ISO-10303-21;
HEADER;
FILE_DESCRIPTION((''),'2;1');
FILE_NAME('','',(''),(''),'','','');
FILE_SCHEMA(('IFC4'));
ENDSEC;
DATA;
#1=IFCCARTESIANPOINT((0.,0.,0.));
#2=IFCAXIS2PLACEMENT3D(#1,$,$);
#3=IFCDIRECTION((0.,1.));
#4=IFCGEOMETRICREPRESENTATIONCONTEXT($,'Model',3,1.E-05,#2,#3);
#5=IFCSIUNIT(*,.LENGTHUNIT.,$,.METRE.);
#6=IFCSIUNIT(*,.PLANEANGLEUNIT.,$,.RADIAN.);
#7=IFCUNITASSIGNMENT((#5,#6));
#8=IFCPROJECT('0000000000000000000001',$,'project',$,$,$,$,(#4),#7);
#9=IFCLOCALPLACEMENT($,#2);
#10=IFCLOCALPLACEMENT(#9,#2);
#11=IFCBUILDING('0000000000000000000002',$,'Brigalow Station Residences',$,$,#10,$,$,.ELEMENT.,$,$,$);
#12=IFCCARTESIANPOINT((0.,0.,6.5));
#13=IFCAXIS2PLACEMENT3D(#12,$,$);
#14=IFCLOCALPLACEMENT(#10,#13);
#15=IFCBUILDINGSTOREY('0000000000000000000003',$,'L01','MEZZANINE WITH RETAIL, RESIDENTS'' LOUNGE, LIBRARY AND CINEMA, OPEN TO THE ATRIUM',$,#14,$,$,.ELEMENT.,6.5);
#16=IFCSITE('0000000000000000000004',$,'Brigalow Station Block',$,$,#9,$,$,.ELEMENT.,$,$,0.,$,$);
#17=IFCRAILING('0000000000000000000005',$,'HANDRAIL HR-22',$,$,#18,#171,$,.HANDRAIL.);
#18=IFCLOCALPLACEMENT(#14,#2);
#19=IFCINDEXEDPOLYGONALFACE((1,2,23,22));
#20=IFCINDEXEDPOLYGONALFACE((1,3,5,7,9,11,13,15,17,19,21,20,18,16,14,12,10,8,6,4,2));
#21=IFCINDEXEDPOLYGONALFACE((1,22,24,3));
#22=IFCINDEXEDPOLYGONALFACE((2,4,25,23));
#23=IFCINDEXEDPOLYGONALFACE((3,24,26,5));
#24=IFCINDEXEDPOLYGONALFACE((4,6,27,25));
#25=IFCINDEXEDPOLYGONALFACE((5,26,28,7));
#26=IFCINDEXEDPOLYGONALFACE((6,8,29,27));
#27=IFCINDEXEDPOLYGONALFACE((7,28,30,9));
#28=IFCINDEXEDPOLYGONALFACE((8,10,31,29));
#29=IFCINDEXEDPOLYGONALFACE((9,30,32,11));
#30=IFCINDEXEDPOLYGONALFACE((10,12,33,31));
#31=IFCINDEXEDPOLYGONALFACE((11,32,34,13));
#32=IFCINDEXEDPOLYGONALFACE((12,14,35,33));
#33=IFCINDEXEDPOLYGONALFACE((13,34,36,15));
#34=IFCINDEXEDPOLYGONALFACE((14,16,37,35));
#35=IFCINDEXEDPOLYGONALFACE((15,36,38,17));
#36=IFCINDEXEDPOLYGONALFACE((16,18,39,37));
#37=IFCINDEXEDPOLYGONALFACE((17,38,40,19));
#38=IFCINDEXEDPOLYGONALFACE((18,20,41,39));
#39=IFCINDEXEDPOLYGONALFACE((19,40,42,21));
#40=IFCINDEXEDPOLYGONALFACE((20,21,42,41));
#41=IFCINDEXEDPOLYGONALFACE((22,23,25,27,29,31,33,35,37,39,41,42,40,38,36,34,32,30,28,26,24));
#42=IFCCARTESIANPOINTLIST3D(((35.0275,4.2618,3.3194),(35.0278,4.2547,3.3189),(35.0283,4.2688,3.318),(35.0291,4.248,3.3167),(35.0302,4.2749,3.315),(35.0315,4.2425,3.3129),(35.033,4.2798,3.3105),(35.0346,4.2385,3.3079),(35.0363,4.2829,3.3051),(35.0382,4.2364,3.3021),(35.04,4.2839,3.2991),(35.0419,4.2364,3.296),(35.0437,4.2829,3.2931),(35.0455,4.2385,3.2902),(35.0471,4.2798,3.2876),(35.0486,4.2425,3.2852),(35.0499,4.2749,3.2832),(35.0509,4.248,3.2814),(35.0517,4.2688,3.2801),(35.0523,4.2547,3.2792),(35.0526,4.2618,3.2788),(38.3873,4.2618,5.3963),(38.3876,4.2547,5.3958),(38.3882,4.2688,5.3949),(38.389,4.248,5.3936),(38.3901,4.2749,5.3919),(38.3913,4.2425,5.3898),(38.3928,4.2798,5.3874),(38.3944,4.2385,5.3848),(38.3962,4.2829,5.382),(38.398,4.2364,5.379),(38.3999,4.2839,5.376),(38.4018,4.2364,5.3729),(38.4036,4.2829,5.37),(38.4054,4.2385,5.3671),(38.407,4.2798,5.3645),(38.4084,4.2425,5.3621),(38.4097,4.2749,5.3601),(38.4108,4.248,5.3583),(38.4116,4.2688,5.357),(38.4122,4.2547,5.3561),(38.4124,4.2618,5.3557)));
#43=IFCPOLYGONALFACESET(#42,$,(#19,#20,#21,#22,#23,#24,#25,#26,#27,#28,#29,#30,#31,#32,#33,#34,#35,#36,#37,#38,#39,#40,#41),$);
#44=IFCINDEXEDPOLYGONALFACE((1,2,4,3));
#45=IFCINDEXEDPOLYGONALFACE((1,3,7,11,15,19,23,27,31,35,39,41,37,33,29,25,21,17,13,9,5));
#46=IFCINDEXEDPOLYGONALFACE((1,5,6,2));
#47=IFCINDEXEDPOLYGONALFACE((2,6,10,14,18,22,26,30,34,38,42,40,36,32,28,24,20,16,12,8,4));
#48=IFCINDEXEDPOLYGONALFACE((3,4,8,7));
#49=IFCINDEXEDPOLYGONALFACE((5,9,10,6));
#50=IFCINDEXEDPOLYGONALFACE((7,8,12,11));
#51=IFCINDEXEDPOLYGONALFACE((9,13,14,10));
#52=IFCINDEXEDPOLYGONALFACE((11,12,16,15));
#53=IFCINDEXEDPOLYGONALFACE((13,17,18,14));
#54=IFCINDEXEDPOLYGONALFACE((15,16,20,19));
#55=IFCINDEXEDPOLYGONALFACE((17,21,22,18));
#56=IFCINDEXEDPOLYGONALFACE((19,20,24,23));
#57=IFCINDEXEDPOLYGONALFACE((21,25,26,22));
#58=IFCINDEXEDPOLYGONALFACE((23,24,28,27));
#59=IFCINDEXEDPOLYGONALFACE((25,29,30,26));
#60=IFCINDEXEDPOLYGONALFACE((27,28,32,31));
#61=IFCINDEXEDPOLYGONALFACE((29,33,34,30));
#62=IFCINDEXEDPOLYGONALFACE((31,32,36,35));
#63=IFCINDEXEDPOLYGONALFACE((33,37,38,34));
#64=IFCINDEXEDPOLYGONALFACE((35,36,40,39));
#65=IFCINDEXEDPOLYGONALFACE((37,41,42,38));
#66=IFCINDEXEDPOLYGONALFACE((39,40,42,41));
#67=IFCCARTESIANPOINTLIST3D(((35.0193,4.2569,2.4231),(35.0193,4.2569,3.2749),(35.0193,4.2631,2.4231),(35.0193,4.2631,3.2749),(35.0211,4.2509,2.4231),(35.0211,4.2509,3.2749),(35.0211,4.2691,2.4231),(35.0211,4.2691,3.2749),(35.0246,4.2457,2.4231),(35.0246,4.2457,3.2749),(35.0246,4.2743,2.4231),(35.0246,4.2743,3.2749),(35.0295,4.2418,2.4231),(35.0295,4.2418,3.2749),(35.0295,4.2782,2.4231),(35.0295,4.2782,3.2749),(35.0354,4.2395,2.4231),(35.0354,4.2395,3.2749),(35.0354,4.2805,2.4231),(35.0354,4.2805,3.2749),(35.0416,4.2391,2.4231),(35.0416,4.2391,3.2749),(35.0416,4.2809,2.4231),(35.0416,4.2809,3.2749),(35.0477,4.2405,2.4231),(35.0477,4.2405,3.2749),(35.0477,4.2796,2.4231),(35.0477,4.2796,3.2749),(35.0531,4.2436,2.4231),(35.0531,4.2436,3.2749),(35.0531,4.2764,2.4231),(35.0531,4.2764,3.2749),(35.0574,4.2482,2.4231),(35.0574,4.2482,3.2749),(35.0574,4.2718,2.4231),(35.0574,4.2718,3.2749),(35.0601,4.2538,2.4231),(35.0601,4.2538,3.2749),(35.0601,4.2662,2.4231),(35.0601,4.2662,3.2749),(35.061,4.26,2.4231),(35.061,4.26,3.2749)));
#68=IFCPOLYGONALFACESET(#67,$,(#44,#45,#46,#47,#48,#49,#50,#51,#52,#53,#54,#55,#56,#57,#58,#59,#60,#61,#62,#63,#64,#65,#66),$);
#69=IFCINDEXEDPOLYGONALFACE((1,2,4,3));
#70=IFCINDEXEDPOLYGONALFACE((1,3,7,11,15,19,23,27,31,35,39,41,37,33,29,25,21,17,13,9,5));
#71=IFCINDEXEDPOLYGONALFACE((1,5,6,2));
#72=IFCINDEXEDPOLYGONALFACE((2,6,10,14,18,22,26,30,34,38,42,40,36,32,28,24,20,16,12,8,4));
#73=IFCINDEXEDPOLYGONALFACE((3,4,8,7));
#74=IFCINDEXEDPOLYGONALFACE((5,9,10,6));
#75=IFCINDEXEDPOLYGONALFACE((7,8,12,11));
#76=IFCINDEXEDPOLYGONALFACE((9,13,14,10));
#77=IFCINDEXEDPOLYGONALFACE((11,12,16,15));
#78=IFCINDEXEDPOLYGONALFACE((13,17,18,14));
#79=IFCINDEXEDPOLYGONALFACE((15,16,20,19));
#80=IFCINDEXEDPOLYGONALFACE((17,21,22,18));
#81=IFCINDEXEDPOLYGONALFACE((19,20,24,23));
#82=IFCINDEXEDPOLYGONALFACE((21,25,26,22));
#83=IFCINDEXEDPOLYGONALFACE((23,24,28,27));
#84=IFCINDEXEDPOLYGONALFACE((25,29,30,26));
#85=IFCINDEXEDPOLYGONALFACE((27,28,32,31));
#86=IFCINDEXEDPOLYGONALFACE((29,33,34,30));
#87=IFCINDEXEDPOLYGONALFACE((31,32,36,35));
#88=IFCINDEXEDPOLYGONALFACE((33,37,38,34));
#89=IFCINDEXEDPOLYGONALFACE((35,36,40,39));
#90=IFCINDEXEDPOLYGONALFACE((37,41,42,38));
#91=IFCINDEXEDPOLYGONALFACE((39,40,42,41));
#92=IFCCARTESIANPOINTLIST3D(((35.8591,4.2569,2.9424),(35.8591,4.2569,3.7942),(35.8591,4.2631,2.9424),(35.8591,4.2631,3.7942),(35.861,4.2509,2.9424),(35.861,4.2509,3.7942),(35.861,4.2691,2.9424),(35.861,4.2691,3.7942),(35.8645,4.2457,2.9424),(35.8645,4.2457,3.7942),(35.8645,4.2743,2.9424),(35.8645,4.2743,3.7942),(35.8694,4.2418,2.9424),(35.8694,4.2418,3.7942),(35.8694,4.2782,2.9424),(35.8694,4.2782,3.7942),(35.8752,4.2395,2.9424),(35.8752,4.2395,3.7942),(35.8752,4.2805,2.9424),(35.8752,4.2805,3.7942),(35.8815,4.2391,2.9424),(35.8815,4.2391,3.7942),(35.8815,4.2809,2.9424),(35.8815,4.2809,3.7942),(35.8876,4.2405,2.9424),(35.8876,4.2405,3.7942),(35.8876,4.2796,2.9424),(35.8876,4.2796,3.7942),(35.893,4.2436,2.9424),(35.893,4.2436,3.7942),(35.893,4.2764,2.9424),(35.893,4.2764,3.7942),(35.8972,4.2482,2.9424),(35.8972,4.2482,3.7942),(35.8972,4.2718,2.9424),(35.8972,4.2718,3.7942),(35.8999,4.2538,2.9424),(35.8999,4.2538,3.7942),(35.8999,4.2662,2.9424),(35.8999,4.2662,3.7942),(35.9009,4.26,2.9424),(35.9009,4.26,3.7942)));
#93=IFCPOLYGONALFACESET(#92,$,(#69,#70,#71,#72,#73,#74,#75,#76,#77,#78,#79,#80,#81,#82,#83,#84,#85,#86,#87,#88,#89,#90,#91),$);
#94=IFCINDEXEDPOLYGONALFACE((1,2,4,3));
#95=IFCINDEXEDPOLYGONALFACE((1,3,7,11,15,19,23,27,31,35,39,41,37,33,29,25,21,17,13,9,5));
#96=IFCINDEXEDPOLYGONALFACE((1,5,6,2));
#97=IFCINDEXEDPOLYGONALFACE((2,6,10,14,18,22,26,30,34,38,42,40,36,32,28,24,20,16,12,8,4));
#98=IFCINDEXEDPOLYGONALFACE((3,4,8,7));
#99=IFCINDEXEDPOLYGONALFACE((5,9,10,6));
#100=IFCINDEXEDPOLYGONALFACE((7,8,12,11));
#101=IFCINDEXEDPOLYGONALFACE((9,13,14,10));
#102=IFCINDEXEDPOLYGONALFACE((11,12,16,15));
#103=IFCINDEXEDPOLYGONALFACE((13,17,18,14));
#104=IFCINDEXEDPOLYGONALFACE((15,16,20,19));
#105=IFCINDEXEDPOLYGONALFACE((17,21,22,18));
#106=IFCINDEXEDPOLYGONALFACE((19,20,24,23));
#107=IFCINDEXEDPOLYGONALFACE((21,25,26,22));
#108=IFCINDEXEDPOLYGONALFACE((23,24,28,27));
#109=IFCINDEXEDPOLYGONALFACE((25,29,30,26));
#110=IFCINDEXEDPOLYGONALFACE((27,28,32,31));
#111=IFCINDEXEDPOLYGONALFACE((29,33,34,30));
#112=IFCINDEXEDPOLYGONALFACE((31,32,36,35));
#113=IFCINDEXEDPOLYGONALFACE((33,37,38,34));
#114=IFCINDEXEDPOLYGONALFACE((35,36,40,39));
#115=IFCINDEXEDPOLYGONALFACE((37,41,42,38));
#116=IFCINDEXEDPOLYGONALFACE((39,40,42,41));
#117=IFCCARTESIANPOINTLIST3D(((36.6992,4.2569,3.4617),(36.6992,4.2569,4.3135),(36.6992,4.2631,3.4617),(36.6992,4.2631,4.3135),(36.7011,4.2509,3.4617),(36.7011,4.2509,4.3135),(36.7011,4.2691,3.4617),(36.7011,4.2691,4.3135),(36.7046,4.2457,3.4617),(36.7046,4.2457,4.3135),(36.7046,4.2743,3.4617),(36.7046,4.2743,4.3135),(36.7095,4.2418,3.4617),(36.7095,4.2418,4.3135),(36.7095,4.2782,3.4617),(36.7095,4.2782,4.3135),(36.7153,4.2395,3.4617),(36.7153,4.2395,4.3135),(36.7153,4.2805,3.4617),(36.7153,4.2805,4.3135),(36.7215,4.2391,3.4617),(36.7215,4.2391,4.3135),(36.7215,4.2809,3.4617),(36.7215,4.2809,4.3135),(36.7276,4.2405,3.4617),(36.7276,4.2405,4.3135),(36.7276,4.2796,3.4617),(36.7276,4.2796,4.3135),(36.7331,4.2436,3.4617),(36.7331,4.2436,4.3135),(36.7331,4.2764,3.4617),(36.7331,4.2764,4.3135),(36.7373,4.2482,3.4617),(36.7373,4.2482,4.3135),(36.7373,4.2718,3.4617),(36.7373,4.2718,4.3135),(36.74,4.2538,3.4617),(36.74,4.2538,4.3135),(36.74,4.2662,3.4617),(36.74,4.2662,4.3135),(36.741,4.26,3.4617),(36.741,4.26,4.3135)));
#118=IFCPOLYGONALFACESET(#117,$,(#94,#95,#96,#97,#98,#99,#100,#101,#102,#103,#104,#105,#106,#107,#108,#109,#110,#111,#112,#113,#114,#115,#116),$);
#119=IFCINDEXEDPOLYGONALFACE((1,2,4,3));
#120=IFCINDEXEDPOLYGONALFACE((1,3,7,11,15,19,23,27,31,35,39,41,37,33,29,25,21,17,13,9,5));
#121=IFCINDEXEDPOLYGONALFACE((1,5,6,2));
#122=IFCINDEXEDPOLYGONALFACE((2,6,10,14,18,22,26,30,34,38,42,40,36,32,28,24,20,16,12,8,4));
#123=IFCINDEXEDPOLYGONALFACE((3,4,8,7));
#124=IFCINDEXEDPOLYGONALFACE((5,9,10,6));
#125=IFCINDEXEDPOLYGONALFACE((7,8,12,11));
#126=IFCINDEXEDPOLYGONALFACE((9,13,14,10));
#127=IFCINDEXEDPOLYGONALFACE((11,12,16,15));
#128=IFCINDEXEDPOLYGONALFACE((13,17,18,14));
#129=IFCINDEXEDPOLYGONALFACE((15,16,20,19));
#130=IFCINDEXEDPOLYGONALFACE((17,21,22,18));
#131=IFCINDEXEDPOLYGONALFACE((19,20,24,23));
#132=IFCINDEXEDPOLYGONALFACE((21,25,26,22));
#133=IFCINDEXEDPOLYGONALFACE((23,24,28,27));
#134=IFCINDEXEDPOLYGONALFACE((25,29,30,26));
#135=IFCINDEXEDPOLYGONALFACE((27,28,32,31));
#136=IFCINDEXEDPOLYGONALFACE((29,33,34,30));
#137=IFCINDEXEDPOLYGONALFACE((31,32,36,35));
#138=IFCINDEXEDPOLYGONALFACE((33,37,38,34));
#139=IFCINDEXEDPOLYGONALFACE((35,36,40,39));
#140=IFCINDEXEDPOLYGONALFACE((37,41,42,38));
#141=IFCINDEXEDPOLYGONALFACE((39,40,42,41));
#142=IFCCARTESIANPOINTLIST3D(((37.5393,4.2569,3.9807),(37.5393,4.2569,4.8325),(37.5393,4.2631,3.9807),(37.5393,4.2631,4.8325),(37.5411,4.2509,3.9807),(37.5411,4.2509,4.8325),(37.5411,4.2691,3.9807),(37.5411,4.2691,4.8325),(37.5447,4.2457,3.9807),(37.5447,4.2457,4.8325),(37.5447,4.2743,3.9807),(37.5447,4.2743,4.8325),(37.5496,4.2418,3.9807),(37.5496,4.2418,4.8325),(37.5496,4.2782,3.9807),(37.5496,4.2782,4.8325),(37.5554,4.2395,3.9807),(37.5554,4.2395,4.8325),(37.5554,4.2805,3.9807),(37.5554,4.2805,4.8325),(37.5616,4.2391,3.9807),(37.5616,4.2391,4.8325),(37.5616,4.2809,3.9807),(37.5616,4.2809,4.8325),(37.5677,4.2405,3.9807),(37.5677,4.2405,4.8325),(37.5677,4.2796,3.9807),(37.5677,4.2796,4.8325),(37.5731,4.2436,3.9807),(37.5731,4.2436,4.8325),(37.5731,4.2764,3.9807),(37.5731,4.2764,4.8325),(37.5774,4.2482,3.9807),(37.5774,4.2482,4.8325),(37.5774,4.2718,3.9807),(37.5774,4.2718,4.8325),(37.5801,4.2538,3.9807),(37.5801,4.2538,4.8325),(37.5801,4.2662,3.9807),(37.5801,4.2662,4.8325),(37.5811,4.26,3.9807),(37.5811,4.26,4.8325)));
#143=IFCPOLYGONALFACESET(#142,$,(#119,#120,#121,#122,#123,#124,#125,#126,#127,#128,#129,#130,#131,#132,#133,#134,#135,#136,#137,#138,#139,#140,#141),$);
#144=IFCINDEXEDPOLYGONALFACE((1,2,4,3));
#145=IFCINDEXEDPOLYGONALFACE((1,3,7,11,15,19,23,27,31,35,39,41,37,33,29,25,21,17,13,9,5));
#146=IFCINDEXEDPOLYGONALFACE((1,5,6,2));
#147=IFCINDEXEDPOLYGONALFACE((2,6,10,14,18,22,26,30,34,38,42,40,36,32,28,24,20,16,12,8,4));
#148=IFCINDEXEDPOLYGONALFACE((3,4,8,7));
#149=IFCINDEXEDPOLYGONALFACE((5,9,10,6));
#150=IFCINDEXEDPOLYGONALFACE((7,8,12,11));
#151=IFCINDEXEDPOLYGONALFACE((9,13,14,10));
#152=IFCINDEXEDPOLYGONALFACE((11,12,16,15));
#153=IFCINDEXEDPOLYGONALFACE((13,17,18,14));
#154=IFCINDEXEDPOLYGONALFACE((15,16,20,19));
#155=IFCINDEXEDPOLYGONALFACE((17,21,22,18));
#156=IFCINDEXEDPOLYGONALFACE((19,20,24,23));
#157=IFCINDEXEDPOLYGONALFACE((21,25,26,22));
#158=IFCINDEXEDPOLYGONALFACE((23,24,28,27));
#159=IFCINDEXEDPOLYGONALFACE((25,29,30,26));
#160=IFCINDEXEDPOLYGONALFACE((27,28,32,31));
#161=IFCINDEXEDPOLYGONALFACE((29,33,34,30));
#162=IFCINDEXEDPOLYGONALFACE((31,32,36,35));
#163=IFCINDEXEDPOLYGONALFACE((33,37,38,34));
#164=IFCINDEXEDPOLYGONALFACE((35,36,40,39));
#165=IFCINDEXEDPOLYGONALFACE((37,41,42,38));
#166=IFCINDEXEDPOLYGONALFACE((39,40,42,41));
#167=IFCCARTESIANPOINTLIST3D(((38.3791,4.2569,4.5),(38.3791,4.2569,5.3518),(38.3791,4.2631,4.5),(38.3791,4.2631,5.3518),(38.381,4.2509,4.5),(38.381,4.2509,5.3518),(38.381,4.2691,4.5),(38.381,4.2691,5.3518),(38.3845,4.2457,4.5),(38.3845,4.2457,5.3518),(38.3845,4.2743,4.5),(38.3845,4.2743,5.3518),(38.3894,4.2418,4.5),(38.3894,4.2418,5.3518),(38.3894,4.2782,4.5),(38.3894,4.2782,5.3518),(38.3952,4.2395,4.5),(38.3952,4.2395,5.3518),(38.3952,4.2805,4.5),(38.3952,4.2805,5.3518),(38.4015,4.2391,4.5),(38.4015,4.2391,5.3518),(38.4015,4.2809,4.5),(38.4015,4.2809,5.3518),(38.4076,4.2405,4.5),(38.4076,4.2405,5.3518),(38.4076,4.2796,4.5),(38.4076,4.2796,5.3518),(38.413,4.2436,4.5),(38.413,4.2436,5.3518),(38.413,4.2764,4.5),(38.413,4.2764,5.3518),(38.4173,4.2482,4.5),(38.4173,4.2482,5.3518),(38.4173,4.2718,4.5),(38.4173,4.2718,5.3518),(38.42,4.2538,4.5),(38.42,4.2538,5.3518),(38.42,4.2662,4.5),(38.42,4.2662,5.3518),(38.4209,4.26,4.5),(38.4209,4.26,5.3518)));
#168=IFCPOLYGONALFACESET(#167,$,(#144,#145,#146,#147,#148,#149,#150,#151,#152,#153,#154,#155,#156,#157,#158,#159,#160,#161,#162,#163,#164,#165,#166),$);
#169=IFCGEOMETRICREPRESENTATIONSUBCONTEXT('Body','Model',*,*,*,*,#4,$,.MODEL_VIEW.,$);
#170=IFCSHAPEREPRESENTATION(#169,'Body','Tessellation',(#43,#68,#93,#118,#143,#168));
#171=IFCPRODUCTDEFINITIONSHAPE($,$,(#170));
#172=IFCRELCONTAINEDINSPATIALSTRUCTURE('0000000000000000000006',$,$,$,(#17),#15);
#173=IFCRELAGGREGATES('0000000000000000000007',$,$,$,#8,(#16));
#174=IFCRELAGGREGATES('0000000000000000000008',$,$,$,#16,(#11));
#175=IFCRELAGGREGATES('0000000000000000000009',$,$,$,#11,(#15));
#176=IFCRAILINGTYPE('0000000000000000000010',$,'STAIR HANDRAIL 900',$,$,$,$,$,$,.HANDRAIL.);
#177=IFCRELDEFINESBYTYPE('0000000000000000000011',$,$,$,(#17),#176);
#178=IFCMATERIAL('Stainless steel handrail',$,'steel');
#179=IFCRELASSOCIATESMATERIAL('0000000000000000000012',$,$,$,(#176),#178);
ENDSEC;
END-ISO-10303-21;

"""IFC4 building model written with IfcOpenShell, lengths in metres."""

from ifc_helpers import new_model, si_unit, direction, frame, origin, origin_2d, place, context, subcontext, project, spatial, circle, extrude, material, type_object, element, save


model = new_model("IFC4")

# Units and contexts
model_context = context("Model", 3, precision=1e-05, world=origin(), true_north=direction((0.0, 1.0)))
body_context = subcontext(model_context, "Body", "Model", "MODEL_VIEW")
ifc_project = project(units=[si_unit("LENGTHUNIT", "METRE"), si_unit("PLANEANGLEUNIT", "RADIAN")], contexts=[model_context])

# Site, building, storey
site_placement = place(None, origin())
site = spatial("IfcSite", under=ifc_project, at=site_placement, Name="Brigalow Station Block", CompositionType="ELEMENT", RefElevation=0.0)
building_placement = place(site_placement, origin())
building = spatial("IfcBuilding", under=site, at=building_placement, Name="Brigalow Station Residences", CompositionType="ELEMENT")
storey_placement = place(building_placement, frame((0.0, 0.0, 6.5)))
storey = spatial("IfcBuildingStorey", under=building, at=storey_placement, Name="L01", Description="MEZZANINE WITH RETAIL, RESIDENTS' LOUNGE, LIBRARY AND CINEMA, OPEN TO THE ATRIUM", CompositionType="ELEMENT", Elevation=6.5)

# Railing
ifc_material_1 = material(Name="Stainless steel handrail", Category="steel")
railing_type_1 = type_object("IfcRailingType", Name="STAIR HANDRAIL 900", PredefinedType="HANDRAIL", material=ifc_material_1)
railing_1_placement = place(storey_placement, frame((35.04, 4.26, 2.4231)))
element("IfcRailing", 1, at=railing_1_placement, inside=storey, type_object=railing_type_1, Name="HANDRAIL HR-22", PredefinedType="HANDRAIL", context=body_context, shape_type="SweptSolid", body=[
    extrude(circle(Radius=0.0239, at=origin_2d()), frame((0.0, 0.0, 0.876), z_axis=(0.850606, 0.0, 0.525803), x_axis=(0.0, 1.0, 0.0)), (0.0, 0.0, 1.0), 3.95),
    extrude(circle(Radius=0.021, at=origin_2d()), origin(), (0.0, 0.0, 1.0), 0.8518),
    extrude(circle(Radius=0.021, at=origin_2d()), frame((0.8398, 0.0, 0.5193)), (0.0, 0.0, 1.0), 0.8518),
    extrude(circle(Radius=0.021, at=origin_2d()), frame((1.6799, 0.0, 1.0386)), (0.0, 0.0, 1.0), 0.8518),
    extrude(circle(Radius=0.021, at=origin_2d()), frame((2.52, 0.0, 1.5576)), (0.0, 0.0, 1.0), 0.8518),
    extrude(circle(Radius=0.021, at=origin_2d()), frame((3.3599, 0.0, 2.0769)), (0.0, 0.0, 1.0), 0.8518),
])

save(model, "model.ifc")
